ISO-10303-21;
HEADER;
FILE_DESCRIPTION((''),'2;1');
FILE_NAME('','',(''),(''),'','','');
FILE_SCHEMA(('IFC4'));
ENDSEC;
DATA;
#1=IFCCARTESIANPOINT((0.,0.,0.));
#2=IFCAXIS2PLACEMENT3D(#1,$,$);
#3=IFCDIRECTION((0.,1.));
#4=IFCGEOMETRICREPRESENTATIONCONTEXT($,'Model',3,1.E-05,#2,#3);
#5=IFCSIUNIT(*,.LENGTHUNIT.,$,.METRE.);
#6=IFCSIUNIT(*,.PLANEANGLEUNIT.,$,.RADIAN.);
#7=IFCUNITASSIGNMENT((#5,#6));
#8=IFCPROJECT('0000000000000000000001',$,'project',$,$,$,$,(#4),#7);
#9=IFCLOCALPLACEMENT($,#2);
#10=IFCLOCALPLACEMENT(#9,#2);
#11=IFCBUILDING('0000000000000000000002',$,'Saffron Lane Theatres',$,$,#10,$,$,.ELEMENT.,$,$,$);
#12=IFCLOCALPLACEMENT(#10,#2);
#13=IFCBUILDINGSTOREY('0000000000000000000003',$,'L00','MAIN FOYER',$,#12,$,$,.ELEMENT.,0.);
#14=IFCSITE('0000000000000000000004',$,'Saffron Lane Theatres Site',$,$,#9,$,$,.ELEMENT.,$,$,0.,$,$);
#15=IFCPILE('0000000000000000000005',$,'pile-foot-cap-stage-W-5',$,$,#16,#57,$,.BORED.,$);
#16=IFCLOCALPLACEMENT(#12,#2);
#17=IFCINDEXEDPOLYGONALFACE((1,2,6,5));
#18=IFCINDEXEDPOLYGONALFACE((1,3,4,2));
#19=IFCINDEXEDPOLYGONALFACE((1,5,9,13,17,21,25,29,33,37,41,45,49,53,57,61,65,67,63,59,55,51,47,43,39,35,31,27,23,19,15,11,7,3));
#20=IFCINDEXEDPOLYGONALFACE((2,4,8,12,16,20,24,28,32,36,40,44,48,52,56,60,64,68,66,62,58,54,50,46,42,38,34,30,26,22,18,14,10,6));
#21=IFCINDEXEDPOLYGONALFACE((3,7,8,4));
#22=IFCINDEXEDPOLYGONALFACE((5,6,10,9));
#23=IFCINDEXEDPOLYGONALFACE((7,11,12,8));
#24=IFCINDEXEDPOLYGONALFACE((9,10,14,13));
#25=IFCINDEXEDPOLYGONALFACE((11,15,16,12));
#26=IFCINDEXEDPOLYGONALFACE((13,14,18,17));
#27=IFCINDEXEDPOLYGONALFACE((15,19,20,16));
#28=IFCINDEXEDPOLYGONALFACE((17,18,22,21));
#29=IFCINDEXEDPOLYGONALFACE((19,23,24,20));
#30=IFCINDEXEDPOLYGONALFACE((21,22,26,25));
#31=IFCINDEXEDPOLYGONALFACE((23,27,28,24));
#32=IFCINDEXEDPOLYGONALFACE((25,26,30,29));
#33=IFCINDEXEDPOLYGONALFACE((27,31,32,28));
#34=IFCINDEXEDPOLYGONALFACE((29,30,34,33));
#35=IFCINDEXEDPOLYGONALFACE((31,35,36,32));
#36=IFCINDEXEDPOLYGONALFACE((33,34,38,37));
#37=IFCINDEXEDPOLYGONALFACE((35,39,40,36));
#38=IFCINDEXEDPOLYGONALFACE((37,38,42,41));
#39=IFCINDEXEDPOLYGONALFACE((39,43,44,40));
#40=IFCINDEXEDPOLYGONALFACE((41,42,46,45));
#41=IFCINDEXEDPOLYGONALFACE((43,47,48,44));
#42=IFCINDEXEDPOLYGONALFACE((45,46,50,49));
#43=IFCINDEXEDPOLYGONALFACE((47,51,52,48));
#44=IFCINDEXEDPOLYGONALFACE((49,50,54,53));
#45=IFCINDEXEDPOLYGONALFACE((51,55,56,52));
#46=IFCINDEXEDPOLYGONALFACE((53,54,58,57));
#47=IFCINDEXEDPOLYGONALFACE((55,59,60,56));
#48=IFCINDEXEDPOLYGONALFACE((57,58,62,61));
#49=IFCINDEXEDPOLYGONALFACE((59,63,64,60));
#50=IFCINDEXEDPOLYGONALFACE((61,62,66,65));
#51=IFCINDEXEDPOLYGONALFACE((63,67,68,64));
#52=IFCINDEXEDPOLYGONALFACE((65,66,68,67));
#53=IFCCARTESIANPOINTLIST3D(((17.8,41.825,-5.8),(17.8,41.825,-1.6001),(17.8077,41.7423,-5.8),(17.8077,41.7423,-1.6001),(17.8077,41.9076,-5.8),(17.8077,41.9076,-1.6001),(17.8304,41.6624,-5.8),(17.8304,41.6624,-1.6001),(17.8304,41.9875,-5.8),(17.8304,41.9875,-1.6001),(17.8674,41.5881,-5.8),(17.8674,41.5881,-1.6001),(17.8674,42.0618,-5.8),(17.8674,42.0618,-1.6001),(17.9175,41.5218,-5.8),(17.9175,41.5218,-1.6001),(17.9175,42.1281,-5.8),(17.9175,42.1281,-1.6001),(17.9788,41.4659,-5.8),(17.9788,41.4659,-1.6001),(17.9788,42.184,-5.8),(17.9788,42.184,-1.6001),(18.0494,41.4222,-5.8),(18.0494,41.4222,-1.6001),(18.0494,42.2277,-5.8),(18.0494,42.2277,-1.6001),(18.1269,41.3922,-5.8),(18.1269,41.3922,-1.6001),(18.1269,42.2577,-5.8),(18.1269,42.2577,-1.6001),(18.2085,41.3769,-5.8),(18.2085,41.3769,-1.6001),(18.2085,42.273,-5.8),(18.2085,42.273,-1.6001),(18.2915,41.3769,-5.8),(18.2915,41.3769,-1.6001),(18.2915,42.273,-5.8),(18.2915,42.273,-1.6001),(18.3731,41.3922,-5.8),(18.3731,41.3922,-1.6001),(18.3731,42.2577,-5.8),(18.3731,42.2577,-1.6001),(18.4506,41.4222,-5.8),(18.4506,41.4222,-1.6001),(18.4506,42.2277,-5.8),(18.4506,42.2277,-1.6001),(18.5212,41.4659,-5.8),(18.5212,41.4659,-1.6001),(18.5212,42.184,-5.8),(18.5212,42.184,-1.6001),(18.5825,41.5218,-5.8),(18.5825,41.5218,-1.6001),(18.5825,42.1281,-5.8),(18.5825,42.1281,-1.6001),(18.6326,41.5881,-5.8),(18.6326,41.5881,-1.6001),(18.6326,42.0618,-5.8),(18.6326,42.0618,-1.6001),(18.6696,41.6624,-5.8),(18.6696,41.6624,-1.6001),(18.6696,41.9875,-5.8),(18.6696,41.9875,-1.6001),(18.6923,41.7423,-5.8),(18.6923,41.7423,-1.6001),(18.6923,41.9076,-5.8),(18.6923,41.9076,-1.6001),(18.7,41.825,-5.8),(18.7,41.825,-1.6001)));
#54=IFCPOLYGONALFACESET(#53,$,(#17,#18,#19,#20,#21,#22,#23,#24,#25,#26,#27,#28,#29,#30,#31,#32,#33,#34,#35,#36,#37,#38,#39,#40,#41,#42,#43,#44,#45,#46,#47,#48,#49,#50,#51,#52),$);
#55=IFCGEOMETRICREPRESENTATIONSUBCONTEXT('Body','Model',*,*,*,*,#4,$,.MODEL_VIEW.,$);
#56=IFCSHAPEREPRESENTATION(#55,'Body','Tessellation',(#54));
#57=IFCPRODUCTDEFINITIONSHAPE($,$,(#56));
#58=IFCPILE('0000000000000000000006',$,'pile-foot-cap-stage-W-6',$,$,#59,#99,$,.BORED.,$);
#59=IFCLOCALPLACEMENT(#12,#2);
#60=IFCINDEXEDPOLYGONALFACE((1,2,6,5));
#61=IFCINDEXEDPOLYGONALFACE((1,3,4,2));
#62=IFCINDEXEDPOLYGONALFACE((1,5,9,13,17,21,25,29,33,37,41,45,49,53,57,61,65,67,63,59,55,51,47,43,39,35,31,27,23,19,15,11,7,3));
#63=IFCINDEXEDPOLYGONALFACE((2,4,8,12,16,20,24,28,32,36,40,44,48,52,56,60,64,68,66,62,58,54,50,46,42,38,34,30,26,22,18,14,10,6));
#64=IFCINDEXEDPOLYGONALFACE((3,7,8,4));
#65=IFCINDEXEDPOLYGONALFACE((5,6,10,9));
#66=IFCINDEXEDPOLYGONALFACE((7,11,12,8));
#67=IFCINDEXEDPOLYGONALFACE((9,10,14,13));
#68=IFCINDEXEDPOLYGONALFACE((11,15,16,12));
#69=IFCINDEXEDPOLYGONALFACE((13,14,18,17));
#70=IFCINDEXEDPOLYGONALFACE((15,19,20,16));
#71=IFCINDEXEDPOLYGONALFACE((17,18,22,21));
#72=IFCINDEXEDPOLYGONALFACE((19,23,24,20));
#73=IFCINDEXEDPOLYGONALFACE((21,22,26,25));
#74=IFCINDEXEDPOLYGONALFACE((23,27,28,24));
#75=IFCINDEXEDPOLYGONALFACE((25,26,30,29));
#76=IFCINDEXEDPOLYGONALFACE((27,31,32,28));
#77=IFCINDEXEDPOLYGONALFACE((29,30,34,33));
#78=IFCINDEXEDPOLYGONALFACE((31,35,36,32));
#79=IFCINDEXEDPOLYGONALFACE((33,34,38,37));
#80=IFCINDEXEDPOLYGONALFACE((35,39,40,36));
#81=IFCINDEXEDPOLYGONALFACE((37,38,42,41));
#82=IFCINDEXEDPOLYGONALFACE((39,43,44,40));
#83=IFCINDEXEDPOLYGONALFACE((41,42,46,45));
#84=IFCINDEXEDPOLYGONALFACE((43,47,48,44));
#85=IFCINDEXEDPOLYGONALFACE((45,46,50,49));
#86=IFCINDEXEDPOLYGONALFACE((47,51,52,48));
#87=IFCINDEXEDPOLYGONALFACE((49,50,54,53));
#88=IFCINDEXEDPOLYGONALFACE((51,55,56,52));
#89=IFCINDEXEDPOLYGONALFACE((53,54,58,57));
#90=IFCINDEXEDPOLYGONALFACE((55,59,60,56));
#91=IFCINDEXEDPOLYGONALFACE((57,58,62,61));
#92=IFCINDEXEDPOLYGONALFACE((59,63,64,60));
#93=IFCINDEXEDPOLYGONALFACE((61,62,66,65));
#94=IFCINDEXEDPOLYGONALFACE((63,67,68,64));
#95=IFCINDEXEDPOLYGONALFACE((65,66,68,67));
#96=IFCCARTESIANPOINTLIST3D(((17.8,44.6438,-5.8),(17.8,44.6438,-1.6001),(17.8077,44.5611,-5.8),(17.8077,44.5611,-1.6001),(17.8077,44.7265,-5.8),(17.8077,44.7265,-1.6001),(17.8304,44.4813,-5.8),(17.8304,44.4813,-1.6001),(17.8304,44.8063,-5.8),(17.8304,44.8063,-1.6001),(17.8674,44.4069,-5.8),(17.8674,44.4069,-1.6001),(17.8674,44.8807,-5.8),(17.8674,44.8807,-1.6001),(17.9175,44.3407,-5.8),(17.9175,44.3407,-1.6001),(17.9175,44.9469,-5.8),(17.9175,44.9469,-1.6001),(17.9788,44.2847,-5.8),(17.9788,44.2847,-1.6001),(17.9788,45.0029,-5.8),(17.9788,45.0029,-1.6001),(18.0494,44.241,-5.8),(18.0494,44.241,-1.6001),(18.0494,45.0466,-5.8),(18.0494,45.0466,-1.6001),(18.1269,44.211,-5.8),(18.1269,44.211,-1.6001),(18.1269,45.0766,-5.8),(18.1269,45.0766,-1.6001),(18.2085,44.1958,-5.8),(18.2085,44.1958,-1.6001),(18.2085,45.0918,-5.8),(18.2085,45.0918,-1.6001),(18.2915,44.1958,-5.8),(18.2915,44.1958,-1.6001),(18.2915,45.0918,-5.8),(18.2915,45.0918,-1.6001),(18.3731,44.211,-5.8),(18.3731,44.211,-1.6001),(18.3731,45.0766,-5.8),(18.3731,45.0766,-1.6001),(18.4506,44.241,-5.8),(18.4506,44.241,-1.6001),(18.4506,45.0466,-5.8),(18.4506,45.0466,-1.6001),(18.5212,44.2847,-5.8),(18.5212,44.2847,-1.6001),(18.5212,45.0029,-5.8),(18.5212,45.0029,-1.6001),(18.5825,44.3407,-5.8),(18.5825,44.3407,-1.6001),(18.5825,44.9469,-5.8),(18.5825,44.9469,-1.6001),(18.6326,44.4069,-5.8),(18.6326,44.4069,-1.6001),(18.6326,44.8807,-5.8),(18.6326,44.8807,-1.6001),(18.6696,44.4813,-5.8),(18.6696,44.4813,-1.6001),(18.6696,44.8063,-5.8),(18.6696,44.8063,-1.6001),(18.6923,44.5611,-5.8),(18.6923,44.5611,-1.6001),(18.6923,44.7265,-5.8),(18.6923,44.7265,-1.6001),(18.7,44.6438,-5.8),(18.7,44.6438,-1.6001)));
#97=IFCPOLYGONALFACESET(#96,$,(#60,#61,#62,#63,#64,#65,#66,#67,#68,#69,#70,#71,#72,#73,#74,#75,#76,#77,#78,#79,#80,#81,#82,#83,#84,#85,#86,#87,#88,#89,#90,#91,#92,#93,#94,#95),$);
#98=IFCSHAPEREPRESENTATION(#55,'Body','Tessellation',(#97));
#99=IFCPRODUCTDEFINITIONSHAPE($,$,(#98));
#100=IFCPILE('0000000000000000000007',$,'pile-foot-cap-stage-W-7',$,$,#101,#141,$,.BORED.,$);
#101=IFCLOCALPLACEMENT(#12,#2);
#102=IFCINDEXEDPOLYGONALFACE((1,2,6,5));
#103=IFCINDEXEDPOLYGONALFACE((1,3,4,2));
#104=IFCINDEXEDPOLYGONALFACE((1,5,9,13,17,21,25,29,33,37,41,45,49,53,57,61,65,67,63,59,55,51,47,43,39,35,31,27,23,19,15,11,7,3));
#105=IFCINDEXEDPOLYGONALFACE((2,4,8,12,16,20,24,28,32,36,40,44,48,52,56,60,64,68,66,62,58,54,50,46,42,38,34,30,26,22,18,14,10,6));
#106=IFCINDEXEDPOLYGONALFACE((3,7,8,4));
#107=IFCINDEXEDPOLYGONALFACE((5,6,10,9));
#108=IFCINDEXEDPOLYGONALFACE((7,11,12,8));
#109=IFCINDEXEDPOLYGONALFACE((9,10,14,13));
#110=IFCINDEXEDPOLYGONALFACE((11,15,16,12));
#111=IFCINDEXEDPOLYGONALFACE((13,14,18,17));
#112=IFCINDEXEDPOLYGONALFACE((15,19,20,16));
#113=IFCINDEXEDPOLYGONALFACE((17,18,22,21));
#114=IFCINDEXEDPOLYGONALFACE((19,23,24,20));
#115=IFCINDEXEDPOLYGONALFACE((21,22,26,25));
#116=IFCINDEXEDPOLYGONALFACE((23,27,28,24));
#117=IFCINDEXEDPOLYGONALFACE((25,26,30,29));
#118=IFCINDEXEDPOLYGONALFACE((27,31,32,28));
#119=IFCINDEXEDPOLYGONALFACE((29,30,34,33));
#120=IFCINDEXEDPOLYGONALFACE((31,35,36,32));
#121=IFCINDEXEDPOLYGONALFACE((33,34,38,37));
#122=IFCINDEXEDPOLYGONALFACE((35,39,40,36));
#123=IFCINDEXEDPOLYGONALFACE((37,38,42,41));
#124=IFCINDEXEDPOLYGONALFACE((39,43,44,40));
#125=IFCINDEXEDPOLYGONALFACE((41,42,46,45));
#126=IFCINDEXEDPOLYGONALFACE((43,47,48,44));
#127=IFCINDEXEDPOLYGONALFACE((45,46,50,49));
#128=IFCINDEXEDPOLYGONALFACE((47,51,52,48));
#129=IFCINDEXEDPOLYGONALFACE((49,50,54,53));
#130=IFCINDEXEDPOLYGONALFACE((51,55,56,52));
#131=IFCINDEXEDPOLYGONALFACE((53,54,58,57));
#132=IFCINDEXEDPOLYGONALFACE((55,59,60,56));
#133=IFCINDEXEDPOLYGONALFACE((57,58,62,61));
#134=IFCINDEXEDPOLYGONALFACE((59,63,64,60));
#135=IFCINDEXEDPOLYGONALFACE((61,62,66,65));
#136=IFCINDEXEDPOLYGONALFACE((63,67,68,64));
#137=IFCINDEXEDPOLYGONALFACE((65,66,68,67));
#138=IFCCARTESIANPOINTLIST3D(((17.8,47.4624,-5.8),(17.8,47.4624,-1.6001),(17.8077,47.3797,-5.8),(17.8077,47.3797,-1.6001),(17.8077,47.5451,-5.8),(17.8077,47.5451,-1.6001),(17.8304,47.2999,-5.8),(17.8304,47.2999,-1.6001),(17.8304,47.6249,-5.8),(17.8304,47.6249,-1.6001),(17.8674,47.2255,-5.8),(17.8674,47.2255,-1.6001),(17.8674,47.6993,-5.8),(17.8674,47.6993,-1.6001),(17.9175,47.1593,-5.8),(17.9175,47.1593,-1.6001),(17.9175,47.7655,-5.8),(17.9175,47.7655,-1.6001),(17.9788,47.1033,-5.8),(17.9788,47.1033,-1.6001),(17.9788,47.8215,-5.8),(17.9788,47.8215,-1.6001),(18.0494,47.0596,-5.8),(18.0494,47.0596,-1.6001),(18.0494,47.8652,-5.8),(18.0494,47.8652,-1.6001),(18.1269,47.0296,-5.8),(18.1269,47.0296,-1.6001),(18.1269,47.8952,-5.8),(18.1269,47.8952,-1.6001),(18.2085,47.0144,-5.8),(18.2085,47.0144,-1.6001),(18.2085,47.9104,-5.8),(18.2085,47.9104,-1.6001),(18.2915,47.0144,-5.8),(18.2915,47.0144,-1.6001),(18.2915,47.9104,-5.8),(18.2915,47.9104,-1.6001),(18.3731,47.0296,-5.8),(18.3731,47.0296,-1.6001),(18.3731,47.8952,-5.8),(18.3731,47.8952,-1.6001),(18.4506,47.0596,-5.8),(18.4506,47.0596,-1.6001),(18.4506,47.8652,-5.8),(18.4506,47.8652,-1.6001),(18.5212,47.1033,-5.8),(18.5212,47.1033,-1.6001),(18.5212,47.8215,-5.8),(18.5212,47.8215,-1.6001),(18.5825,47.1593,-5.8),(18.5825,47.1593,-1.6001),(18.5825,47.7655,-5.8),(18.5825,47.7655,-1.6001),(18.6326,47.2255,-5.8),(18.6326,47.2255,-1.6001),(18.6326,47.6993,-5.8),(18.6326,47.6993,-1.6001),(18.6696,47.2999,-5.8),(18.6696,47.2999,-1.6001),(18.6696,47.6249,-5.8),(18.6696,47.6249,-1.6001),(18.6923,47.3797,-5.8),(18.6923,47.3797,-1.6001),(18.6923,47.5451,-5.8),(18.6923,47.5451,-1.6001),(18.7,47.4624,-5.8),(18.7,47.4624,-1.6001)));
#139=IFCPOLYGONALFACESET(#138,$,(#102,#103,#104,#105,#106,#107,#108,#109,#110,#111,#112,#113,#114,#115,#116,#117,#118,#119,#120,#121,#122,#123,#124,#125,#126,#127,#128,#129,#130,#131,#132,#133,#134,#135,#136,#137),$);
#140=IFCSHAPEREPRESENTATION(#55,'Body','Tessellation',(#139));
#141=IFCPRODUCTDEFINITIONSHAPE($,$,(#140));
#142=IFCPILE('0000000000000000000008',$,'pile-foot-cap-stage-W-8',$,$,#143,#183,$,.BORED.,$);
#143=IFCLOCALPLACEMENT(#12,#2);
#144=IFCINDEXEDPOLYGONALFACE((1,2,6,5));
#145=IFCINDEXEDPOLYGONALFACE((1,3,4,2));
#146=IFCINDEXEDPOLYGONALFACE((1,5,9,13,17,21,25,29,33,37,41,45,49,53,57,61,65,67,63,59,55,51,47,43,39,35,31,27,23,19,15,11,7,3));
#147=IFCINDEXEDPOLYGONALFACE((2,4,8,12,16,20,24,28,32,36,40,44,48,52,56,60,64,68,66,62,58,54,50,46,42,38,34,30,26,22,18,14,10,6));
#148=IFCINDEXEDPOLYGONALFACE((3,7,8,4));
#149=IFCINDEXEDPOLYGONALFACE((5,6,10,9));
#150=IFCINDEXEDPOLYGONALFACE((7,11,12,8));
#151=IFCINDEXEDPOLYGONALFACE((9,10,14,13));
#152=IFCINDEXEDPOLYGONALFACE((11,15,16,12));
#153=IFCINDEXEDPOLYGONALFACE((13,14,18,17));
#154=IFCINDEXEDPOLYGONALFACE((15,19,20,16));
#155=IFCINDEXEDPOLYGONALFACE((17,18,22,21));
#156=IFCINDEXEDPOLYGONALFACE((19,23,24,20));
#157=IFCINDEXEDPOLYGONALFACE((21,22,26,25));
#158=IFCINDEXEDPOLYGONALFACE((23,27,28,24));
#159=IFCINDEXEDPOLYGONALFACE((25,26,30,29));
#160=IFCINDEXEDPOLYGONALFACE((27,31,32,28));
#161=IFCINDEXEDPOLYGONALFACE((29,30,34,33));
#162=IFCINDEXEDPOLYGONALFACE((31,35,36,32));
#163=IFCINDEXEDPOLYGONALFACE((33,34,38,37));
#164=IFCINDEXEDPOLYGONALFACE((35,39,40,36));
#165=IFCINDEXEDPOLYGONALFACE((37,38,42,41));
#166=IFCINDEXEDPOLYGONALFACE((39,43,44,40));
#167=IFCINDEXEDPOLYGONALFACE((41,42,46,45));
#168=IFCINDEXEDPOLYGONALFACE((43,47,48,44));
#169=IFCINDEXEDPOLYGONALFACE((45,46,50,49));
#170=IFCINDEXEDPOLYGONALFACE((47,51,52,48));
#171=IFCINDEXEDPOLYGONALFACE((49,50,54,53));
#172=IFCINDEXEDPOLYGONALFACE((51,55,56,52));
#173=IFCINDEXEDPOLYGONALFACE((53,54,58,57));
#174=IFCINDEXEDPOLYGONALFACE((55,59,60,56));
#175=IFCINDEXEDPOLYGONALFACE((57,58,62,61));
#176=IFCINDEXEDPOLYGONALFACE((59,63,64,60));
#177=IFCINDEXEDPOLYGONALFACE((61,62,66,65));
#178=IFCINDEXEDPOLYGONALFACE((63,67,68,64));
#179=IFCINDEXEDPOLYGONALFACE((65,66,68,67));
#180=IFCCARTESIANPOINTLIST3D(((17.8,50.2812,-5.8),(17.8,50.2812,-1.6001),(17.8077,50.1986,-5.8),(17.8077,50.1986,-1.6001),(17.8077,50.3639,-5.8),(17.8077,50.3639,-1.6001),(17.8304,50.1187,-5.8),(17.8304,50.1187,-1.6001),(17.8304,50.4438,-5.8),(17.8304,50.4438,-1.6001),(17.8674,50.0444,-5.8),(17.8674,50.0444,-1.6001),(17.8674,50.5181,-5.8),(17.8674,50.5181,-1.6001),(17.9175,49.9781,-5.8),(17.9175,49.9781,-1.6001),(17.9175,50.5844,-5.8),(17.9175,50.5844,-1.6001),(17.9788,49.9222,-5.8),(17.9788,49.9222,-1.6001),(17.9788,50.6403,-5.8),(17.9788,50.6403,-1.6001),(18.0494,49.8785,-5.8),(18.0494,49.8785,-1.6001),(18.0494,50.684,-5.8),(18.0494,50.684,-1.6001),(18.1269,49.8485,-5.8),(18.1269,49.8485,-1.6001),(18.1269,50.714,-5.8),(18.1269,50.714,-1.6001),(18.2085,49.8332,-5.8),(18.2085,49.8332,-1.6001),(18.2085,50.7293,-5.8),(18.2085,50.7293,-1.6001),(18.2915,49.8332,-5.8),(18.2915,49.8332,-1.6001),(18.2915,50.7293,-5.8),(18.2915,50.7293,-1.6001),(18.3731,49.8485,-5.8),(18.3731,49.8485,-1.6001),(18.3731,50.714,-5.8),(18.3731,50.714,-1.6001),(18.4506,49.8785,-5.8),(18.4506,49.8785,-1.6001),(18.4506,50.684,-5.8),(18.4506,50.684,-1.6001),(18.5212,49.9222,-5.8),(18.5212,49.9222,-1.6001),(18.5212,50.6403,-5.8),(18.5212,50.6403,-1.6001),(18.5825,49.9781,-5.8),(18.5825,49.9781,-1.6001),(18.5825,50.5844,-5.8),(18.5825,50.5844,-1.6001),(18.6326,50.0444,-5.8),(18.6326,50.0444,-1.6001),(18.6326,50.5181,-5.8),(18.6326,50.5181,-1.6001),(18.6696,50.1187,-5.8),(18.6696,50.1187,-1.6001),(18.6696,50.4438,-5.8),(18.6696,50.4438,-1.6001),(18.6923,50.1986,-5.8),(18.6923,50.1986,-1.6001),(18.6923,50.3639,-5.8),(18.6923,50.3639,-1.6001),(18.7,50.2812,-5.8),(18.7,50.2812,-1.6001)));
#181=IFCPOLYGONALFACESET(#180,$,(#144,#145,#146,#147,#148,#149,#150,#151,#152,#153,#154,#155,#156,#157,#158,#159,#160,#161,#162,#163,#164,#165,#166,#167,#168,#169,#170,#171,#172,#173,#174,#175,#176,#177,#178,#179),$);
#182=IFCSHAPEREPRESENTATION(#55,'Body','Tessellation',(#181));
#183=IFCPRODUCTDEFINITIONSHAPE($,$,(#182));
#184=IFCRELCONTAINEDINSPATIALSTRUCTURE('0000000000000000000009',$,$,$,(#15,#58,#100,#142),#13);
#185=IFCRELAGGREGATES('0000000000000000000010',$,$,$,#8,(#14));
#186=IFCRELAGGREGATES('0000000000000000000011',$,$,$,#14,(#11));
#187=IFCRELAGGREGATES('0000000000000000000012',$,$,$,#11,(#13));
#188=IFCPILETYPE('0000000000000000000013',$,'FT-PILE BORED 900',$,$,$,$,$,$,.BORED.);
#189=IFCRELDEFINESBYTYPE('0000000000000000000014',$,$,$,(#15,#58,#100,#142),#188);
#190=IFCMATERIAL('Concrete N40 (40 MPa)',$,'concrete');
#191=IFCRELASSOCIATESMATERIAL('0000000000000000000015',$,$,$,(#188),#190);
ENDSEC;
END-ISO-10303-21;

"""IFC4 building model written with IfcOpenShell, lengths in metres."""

from ifc_helpers import new_model, si_unit, direction, frame, origin, origin_2d, place, context, subcontext, project, spatial, circle, extrude, material, material_profile, profile_set, type_object, element, save


model = new_model("IFC4")

# Units and contexts
model_context = context("Model", 3, precision=1e-05, world=origin(), true_north=direction((0.0, 1.0)))
body_context = subcontext(model_context, "Body", "Model", "MODEL_VIEW")
ifc_project = project(units=[si_unit("LENGTHUNIT", "METRE"), si_unit("PLANEANGLEUNIT", "RADIAN")], contexts=[model_context])

# Site, building, storey
site_placement = place(None, origin())
site = spatial("IfcSite", under=ifc_project, at=site_placement, Name="Saffron Lane Theatres Site", CompositionType="ELEMENT", RefElevation=0.0)
building_placement = place(site_placement, origin())
building = spatial("IfcBuilding", under=site, at=building_placement, Name="Saffron Lane Theatres", CompositionType="ELEMENT")
storey_placement = place(building_placement, origin())
storey = spatial("IfcBuildingStorey", under=building, at=storey_placement, Name="L00", Description="MAIN FOYER", CompositionType="ELEMENT", Elevation=0.0)

# Piles
ifc_material_1 = material(Name="Concrete N40 (40 MPa)", Category="concrete")
ifc_material_profile_1 = material_profile(ifc_material_1, circle(Radius=0.45, at=origin_2d()))
ifc_profile_set_1 = profile_set([ifc_material_profile_1], Name="Concrete N40 (40 MPa)")
pile_type_1 = type_object("IfcPileType", Name="FT-PILE BORED 900", PredefinedType="BORED", material=ifc_profile_set_1)
for number, where, z_axis, x_axis, name in (
    (1, (18.25, 41.825, -1.6001), (0.0, 0.0, -1.0), (1.0, 0.0, 0.0), "pile-foot-cap-stage-W-5"),
    (2, (18.25, 44.6438, -1.6001), (0.0, 0.0, -1.0), (1.0, 0.0, 0.0), "pile-foot-cap-stage-W-6"),
    (3, (18.25, 47.4624, -1.6001), (0.0, 0.0, -1.0), (1.0, 0.0, 0.0), "pile-foot-cap-stage-W-7"),
    (4, (18.25, 50.2812, -1.6001), (0.0, 0.0, -1.0), (1.0, 0.0, 0.0), "pile-foot-cap-stage-W-8"),
):
    element("IfcPile", number, at=place(storey_placement, frame(where, z_axis=z_axis, x_axis=x_axis)), inside=storey, type_object=pile_type_1, Name=name, PredefinedType="BORED", context=body_context, shape_type="SweptSolid", body=[
        extrude(circle(Radius=0.45, at=origin_2d()), origin(), (0.0, 0.0, 1.0), 4.2),
    ])

save(model, "model.ifc")
